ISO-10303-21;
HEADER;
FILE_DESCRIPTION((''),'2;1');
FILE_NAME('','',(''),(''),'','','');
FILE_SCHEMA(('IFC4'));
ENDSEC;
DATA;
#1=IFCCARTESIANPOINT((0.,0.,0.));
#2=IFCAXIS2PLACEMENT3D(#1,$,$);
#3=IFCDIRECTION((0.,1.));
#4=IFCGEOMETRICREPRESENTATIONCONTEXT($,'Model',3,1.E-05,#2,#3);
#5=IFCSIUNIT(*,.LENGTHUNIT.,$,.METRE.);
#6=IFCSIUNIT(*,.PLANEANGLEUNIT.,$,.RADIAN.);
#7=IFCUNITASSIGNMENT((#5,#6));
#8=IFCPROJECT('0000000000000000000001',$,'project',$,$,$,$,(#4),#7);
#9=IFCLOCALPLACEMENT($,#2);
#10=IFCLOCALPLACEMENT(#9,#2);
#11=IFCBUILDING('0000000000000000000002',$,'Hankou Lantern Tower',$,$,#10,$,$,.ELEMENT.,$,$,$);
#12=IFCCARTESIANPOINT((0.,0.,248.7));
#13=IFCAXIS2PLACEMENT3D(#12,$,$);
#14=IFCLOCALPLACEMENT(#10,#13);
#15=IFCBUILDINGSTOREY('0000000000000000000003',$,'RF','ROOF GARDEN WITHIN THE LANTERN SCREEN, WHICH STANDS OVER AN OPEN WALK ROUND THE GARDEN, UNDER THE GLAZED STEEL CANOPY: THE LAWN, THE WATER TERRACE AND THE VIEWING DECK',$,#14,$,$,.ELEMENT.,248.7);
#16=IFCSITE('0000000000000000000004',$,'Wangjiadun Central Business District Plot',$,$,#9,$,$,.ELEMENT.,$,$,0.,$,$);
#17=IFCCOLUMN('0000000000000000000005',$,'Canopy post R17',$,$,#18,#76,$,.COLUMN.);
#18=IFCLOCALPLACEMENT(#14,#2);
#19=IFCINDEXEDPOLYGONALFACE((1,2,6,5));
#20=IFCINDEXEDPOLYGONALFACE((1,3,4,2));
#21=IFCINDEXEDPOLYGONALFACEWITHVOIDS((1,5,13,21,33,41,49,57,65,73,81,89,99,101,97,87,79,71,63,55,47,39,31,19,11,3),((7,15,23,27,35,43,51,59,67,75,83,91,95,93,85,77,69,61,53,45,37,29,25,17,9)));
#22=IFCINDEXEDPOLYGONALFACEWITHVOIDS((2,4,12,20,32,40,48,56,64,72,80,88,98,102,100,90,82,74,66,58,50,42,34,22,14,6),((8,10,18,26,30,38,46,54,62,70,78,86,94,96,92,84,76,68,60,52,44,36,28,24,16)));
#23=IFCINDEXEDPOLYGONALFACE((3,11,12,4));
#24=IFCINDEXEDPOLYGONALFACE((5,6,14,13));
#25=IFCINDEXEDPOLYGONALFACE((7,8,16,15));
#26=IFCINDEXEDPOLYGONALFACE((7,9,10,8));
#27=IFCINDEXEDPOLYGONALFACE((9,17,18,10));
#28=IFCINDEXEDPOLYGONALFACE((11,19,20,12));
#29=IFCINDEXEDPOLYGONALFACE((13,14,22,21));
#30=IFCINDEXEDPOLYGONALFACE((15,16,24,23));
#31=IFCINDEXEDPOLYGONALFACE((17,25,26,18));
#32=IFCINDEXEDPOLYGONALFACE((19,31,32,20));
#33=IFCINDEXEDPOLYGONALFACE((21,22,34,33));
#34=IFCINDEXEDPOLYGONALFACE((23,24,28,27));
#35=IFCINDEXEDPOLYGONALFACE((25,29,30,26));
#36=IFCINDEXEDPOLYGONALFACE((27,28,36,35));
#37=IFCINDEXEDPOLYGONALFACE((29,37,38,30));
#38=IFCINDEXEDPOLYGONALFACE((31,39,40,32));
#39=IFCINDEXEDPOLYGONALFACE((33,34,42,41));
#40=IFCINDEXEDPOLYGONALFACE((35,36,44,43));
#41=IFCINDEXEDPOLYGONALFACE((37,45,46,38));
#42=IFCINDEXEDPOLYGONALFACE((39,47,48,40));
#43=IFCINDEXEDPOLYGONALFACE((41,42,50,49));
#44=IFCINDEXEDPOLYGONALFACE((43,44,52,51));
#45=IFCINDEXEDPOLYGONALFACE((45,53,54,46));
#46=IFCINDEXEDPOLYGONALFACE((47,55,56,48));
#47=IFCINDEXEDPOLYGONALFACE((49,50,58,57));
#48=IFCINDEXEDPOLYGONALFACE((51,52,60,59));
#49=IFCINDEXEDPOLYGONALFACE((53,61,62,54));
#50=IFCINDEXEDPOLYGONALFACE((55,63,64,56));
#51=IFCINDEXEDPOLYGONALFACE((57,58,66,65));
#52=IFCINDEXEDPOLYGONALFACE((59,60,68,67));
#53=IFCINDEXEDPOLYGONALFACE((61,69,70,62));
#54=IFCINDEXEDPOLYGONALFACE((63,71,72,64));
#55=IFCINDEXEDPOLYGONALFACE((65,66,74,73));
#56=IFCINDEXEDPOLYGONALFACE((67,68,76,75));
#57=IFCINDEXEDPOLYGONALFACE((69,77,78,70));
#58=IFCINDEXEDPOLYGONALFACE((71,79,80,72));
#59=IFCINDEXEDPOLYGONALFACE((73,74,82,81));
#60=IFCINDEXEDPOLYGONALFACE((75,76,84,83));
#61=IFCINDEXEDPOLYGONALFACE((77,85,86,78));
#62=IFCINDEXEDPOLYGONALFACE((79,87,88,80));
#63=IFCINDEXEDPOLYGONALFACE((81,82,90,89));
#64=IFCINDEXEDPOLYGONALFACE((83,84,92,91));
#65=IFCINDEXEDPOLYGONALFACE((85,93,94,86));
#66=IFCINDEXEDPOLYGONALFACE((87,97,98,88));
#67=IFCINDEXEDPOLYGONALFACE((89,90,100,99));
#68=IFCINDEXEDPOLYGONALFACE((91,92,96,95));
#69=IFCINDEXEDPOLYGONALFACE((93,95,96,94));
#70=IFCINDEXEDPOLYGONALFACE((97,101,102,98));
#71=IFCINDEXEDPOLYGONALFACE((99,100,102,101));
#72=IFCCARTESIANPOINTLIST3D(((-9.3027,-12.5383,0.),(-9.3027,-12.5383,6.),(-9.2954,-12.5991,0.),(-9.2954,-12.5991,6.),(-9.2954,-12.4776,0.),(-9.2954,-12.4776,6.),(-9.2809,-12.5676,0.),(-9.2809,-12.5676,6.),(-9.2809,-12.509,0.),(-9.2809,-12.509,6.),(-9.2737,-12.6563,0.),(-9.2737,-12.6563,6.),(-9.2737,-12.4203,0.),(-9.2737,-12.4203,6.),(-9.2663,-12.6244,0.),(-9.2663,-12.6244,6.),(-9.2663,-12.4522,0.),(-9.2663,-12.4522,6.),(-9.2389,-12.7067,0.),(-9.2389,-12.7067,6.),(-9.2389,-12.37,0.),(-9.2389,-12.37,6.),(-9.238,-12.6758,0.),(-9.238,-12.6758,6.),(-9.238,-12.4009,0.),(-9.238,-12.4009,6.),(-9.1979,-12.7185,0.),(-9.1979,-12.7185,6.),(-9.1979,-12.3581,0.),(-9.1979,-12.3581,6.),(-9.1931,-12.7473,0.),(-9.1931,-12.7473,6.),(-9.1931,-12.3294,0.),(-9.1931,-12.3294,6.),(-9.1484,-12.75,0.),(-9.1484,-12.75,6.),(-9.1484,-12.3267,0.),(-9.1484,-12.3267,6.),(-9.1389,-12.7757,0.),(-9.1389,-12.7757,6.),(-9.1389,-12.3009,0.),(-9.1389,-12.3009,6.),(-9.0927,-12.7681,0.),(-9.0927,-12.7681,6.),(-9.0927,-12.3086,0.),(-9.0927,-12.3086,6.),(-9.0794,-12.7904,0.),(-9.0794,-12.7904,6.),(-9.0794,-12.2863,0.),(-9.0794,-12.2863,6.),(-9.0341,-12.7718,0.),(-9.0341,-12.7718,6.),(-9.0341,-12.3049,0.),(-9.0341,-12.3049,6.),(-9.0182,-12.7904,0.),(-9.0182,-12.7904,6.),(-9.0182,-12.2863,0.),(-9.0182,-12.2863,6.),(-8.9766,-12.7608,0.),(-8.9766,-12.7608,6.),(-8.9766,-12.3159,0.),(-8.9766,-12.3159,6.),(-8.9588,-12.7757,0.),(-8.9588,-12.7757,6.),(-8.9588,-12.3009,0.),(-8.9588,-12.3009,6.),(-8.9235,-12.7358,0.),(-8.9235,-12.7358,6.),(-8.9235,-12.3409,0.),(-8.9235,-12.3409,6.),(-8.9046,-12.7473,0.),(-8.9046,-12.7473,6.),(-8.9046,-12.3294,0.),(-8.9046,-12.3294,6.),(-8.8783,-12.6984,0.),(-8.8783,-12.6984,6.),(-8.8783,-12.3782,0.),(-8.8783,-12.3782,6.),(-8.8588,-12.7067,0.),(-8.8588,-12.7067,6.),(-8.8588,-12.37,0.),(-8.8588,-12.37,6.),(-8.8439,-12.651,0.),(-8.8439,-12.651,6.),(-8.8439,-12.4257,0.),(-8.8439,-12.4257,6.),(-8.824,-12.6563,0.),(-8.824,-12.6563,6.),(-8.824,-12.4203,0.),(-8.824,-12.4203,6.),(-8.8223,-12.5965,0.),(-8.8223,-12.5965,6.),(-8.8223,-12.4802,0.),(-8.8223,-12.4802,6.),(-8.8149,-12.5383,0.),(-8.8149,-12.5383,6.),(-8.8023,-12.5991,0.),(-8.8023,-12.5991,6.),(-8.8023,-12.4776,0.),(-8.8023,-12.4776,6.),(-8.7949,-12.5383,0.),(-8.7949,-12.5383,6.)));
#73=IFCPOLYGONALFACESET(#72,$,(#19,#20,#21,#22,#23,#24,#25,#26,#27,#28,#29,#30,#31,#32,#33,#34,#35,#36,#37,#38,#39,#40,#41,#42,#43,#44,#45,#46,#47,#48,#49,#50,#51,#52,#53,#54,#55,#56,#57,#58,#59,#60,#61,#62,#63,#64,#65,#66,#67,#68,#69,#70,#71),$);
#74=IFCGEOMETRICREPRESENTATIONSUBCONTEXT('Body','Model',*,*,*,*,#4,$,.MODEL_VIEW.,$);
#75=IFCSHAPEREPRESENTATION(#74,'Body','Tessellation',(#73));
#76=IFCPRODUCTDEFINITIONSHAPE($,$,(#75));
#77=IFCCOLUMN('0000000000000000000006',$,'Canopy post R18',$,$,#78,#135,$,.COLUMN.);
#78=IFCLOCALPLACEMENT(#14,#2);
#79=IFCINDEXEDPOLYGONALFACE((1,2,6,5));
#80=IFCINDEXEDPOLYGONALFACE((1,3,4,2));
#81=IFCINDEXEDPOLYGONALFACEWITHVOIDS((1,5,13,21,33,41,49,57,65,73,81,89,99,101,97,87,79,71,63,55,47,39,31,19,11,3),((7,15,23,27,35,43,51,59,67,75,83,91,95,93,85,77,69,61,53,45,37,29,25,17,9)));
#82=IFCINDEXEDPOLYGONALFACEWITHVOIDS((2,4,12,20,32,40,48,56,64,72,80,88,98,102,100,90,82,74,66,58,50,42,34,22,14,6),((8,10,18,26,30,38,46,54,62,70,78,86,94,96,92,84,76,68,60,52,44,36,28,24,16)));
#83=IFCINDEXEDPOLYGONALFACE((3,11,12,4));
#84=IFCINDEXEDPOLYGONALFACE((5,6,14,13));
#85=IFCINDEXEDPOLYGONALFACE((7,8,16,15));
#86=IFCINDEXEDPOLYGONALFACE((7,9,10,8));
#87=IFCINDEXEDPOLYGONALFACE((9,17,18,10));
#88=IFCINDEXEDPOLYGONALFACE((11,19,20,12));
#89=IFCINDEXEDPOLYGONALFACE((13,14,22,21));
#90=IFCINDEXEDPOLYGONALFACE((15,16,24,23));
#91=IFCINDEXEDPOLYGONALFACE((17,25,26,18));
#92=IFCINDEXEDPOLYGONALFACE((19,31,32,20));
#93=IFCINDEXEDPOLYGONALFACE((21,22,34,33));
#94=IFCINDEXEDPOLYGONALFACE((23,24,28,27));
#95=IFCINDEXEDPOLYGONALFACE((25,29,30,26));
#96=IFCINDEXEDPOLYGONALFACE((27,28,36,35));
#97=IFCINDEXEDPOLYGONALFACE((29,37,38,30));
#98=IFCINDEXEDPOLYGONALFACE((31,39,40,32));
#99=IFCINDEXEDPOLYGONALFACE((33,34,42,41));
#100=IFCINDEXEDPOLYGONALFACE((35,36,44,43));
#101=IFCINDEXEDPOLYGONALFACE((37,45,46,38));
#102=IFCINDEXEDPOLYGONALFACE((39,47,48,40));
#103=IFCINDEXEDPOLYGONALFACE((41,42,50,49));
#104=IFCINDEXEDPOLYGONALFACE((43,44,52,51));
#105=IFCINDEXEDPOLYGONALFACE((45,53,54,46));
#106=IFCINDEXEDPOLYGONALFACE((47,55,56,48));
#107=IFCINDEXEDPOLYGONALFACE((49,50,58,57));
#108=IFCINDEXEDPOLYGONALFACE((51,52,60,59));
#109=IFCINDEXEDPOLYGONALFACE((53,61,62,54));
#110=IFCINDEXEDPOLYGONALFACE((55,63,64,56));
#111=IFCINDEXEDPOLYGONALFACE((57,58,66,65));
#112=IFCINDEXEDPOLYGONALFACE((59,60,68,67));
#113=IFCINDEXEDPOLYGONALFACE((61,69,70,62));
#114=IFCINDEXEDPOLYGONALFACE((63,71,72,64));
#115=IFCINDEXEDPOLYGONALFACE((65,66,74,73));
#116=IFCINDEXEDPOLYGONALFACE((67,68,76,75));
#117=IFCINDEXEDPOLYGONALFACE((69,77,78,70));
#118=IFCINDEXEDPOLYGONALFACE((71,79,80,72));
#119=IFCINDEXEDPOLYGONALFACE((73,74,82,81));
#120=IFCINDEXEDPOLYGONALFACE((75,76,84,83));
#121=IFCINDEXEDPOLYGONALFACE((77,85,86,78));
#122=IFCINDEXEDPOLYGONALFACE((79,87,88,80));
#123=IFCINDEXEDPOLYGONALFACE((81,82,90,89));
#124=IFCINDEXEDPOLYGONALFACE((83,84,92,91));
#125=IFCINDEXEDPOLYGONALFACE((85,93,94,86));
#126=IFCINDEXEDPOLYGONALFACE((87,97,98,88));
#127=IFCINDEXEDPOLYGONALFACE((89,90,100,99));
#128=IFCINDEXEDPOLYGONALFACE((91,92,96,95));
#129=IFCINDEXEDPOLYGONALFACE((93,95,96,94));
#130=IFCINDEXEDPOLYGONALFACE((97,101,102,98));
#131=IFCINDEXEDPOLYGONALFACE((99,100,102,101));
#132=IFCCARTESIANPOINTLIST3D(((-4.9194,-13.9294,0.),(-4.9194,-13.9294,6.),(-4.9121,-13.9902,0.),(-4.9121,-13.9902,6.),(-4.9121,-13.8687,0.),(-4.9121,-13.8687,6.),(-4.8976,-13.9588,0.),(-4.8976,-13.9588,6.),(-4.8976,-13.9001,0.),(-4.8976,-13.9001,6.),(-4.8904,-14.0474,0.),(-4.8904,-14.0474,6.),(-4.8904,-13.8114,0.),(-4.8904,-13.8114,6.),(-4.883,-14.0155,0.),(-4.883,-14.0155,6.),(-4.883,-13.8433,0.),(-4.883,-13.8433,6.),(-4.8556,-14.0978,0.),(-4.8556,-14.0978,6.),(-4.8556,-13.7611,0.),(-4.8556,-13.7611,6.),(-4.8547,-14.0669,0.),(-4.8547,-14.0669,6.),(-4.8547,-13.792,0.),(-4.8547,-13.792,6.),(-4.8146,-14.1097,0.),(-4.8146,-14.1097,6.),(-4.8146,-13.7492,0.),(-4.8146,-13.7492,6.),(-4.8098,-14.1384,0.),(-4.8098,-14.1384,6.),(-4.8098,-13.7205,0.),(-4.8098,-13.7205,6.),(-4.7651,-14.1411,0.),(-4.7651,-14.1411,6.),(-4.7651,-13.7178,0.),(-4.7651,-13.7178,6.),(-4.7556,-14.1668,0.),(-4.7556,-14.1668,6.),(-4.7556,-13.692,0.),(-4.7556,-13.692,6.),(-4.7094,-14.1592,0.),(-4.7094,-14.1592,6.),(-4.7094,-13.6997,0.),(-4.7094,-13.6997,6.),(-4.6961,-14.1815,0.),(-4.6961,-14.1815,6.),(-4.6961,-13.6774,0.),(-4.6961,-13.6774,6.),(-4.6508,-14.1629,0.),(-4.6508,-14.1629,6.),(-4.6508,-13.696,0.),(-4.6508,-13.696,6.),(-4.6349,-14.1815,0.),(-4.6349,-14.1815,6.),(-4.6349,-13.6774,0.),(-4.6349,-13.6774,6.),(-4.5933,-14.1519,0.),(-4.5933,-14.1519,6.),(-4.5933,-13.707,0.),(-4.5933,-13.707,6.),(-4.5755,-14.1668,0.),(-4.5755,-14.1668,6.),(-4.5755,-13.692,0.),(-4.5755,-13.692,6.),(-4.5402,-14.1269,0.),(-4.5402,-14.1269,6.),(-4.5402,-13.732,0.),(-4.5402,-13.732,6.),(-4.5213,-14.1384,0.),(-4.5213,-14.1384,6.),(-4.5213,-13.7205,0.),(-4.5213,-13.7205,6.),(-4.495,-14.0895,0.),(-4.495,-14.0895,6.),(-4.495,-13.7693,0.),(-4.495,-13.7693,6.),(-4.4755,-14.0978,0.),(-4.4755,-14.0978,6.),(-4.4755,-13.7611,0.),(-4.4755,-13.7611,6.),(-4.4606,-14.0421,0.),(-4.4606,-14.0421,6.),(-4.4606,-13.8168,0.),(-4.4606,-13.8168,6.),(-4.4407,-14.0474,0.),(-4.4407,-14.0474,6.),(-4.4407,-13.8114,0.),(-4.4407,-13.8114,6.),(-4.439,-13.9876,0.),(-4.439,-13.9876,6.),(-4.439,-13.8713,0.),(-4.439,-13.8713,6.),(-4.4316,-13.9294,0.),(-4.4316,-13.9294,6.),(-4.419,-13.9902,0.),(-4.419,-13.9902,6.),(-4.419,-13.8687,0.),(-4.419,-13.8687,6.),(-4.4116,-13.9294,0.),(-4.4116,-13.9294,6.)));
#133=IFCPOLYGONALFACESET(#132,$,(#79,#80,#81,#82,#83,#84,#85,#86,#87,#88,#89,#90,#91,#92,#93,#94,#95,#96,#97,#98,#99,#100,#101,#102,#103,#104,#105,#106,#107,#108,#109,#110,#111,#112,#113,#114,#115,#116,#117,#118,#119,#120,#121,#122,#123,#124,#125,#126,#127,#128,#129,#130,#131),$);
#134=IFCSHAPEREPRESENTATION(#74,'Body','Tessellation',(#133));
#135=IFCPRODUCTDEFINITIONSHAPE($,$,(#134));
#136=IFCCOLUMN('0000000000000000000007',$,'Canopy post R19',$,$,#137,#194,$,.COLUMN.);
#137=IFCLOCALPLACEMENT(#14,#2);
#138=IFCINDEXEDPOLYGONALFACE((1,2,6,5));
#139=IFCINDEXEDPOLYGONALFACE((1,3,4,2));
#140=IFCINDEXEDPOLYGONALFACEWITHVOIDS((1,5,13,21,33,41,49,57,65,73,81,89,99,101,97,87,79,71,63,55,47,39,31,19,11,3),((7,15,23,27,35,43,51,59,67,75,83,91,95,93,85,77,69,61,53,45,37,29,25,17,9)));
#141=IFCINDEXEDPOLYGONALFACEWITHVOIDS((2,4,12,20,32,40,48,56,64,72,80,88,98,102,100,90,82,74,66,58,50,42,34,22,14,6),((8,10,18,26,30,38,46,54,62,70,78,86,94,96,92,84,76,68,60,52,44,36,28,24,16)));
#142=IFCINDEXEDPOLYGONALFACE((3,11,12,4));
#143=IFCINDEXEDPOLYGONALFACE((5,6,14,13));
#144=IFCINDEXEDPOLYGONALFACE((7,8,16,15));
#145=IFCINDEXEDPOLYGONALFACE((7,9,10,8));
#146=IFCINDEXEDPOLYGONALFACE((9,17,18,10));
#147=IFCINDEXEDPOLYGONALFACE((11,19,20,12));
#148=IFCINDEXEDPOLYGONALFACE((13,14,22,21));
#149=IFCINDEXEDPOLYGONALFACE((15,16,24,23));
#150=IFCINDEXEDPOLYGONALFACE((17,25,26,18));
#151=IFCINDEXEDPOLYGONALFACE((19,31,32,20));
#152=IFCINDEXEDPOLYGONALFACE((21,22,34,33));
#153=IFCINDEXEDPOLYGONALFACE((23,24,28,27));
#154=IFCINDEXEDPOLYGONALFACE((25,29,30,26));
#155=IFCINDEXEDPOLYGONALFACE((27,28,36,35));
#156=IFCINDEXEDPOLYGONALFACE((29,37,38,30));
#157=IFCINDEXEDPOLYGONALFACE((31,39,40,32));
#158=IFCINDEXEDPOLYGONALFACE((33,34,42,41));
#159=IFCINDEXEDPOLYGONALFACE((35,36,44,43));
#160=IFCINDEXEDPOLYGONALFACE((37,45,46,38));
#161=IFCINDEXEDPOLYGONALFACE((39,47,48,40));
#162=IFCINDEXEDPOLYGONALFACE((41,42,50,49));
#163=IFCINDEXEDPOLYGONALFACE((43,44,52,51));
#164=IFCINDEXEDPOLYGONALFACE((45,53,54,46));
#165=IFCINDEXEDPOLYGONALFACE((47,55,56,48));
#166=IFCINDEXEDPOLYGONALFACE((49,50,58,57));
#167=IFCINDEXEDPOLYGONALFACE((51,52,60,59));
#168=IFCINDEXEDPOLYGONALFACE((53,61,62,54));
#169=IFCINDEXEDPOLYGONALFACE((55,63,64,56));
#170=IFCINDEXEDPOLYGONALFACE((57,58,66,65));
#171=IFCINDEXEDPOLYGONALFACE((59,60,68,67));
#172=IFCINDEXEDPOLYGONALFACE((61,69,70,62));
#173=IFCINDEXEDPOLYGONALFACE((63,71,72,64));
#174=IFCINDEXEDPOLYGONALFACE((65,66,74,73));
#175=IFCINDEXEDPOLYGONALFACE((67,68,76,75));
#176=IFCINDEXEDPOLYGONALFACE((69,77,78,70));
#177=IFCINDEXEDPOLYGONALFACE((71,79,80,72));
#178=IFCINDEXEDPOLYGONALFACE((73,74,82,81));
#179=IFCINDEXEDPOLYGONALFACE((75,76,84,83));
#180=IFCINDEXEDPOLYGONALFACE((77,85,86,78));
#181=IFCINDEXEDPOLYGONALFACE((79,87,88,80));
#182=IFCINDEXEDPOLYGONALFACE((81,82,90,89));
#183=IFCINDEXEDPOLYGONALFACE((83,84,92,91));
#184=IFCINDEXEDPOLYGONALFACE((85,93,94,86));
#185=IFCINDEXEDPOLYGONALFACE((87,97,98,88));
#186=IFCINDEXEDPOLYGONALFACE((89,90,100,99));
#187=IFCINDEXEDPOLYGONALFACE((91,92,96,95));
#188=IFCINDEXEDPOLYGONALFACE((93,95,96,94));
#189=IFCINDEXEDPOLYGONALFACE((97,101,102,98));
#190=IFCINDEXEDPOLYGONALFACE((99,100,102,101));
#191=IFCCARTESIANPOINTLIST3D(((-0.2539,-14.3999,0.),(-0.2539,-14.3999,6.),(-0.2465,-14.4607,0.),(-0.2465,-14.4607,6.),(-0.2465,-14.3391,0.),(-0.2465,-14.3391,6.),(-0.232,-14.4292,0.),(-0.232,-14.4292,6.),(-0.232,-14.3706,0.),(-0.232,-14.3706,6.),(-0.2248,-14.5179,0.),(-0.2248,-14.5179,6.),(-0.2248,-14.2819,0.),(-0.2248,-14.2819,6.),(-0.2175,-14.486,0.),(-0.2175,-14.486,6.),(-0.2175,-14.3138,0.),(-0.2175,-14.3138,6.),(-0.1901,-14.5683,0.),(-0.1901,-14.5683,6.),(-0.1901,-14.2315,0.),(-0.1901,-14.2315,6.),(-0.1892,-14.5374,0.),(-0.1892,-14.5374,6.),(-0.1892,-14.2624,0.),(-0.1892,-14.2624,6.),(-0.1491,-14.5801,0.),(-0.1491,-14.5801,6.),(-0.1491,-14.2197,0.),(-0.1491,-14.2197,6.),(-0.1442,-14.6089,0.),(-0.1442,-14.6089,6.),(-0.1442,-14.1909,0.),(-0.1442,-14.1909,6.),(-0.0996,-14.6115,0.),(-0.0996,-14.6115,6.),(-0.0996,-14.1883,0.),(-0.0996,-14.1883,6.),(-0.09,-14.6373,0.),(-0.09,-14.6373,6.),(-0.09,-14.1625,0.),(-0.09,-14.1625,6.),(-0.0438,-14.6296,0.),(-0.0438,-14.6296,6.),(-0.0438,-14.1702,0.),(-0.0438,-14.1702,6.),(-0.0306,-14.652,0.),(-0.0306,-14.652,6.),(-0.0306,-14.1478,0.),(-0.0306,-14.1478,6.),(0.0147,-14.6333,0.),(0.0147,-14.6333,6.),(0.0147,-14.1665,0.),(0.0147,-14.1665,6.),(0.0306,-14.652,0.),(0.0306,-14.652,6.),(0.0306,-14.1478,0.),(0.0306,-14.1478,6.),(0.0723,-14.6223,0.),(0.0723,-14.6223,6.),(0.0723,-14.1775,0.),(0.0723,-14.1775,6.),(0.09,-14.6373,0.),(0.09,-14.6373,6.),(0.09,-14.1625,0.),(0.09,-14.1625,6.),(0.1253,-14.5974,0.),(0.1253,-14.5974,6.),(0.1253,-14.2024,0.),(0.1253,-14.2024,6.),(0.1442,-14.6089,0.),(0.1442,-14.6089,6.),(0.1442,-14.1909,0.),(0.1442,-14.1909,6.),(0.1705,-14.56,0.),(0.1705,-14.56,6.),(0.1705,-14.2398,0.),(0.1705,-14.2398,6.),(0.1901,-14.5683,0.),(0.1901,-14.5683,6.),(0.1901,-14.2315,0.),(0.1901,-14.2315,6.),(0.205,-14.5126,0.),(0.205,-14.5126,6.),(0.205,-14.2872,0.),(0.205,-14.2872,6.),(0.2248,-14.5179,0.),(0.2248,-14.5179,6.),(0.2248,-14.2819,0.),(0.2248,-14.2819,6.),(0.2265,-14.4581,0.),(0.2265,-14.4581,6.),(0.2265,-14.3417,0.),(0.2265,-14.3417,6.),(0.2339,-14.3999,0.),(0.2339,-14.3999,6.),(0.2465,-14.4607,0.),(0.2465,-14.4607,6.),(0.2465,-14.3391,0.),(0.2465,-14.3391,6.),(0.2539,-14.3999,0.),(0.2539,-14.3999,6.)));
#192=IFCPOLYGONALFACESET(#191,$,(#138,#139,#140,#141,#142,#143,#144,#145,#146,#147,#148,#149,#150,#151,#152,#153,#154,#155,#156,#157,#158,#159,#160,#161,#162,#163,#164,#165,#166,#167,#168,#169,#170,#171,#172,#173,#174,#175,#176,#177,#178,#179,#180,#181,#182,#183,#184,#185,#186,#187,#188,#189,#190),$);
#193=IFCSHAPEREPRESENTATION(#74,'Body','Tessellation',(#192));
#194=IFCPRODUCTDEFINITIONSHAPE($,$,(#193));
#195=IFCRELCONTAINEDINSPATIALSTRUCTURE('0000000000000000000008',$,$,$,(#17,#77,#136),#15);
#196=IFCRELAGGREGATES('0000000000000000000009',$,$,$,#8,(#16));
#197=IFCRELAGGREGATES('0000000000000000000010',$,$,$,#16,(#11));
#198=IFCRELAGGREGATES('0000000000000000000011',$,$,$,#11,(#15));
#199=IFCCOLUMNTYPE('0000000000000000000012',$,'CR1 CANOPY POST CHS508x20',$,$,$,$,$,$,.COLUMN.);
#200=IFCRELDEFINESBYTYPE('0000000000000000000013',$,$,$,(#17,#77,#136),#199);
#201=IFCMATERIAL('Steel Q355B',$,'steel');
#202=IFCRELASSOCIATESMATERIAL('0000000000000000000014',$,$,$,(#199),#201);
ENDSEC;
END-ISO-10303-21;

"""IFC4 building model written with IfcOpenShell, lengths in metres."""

from ifc_helpers import new_model, si_unit, direction, frame, origin, origin_2d, place, context, subcontext, project, spatial, hollow_circle, extrude, material, material_profile, profile_set, type_object, element, save


model = new_model("IFC4")

# Units and contexts
model_context = context("Model", 3, precision=1e-05, world=origin(), true_north=direction((0.0, 1.0)))
body_context = subcontext(model_context, "Body", "Model", "MODEL_VIEW")
ifc_project = project(units=[si_unit("LENGTHUNIT", "METRE"), si_unit("PLANEANGLEUNIT", "RADIAN")], contexts=[model_context])

# Site, building, storey
site_placement = place(None, origin())
site = spatial("IfcSite", under=ifc_project, at=site_placement, Name="Wangjiadun Central Business District Plot", CompositionType="ELEMENT", RefElevation=0.0)
building_placement = place(site_placement, origin())
building = spatial("IfcBuilding", under=site, at=building_placement, Name="Hankou Lantern Tower", CompositionType="ELEMENT")
storey_placement = place(building_placement, frame((0.0, 0.0, 248.7)))
storey = spatial("IfcBuildingStorey", under=building, at=storey_placement, Name="RF", Description="ROOF GARDEN WITHIN THE LANTERN SCREEN, WHICH STANDS OVER AN OPEN WALK ROUND THE GARDEN, UNDER THE GLAZED STEEL CANOPY: THE LAWN, THE WATER TERRACE AND THE VIEWING DECK", CompositionType="ELEMENT", Elevation=248.7)

# Columns
ifc_material_1 = material(Name="Steel Q355B", Category="steel")
ifc_material_profile_1 = material_profile(ifc_material_1, hollow_circle(Radius=0.2539, WallThickness=0.02, at=origin_2d()), Name="CHS508x20")
ifc_profile_set_1 = profile_set([ifc_material_profile_1], Name="Steel Q355B")
column_type = type_object("IfcColumnType", Name="CR1 CANOPY POST CHS508x20", PredefinedType="COLUMN", material=ifc_profile_set_1)
for number, where, z_axis, x_axis, name in (
    (1, (-9.0488, -12.5383, 0.0), (0.0, 0.0, 1.0), (1.0, 0.0, 0.0), "Canopy post R17"),
    (2, (-4.6655, -13.9294, 0.0), (0.0, 0.0, 1.0), (1.0, 0.0, 0.0), "Canopy post R18"),
    (3, (0.0, -14.3999, 0.0), (0.0, 0.0, 1.0), (1.0, 0.0, 0.0), "Canopy post R19"),
):
    element("IfcColumn", number, at=place(storey_placement, frame(where, z_axis=z_axis, x_axis=x_axis)), inside=storey, type_object=column_type, Name=name, PredefinedType="COLUMN", context=body_context, shape_type="SweptSolid", body=[
        extrude(hollow_circle(Radius=0.2539, WallThickness=0.02, at=origin_2d()), origin(), (0.0, 0.0, 1.0), 6.0),
    ])

save(model, "model.ifc")
